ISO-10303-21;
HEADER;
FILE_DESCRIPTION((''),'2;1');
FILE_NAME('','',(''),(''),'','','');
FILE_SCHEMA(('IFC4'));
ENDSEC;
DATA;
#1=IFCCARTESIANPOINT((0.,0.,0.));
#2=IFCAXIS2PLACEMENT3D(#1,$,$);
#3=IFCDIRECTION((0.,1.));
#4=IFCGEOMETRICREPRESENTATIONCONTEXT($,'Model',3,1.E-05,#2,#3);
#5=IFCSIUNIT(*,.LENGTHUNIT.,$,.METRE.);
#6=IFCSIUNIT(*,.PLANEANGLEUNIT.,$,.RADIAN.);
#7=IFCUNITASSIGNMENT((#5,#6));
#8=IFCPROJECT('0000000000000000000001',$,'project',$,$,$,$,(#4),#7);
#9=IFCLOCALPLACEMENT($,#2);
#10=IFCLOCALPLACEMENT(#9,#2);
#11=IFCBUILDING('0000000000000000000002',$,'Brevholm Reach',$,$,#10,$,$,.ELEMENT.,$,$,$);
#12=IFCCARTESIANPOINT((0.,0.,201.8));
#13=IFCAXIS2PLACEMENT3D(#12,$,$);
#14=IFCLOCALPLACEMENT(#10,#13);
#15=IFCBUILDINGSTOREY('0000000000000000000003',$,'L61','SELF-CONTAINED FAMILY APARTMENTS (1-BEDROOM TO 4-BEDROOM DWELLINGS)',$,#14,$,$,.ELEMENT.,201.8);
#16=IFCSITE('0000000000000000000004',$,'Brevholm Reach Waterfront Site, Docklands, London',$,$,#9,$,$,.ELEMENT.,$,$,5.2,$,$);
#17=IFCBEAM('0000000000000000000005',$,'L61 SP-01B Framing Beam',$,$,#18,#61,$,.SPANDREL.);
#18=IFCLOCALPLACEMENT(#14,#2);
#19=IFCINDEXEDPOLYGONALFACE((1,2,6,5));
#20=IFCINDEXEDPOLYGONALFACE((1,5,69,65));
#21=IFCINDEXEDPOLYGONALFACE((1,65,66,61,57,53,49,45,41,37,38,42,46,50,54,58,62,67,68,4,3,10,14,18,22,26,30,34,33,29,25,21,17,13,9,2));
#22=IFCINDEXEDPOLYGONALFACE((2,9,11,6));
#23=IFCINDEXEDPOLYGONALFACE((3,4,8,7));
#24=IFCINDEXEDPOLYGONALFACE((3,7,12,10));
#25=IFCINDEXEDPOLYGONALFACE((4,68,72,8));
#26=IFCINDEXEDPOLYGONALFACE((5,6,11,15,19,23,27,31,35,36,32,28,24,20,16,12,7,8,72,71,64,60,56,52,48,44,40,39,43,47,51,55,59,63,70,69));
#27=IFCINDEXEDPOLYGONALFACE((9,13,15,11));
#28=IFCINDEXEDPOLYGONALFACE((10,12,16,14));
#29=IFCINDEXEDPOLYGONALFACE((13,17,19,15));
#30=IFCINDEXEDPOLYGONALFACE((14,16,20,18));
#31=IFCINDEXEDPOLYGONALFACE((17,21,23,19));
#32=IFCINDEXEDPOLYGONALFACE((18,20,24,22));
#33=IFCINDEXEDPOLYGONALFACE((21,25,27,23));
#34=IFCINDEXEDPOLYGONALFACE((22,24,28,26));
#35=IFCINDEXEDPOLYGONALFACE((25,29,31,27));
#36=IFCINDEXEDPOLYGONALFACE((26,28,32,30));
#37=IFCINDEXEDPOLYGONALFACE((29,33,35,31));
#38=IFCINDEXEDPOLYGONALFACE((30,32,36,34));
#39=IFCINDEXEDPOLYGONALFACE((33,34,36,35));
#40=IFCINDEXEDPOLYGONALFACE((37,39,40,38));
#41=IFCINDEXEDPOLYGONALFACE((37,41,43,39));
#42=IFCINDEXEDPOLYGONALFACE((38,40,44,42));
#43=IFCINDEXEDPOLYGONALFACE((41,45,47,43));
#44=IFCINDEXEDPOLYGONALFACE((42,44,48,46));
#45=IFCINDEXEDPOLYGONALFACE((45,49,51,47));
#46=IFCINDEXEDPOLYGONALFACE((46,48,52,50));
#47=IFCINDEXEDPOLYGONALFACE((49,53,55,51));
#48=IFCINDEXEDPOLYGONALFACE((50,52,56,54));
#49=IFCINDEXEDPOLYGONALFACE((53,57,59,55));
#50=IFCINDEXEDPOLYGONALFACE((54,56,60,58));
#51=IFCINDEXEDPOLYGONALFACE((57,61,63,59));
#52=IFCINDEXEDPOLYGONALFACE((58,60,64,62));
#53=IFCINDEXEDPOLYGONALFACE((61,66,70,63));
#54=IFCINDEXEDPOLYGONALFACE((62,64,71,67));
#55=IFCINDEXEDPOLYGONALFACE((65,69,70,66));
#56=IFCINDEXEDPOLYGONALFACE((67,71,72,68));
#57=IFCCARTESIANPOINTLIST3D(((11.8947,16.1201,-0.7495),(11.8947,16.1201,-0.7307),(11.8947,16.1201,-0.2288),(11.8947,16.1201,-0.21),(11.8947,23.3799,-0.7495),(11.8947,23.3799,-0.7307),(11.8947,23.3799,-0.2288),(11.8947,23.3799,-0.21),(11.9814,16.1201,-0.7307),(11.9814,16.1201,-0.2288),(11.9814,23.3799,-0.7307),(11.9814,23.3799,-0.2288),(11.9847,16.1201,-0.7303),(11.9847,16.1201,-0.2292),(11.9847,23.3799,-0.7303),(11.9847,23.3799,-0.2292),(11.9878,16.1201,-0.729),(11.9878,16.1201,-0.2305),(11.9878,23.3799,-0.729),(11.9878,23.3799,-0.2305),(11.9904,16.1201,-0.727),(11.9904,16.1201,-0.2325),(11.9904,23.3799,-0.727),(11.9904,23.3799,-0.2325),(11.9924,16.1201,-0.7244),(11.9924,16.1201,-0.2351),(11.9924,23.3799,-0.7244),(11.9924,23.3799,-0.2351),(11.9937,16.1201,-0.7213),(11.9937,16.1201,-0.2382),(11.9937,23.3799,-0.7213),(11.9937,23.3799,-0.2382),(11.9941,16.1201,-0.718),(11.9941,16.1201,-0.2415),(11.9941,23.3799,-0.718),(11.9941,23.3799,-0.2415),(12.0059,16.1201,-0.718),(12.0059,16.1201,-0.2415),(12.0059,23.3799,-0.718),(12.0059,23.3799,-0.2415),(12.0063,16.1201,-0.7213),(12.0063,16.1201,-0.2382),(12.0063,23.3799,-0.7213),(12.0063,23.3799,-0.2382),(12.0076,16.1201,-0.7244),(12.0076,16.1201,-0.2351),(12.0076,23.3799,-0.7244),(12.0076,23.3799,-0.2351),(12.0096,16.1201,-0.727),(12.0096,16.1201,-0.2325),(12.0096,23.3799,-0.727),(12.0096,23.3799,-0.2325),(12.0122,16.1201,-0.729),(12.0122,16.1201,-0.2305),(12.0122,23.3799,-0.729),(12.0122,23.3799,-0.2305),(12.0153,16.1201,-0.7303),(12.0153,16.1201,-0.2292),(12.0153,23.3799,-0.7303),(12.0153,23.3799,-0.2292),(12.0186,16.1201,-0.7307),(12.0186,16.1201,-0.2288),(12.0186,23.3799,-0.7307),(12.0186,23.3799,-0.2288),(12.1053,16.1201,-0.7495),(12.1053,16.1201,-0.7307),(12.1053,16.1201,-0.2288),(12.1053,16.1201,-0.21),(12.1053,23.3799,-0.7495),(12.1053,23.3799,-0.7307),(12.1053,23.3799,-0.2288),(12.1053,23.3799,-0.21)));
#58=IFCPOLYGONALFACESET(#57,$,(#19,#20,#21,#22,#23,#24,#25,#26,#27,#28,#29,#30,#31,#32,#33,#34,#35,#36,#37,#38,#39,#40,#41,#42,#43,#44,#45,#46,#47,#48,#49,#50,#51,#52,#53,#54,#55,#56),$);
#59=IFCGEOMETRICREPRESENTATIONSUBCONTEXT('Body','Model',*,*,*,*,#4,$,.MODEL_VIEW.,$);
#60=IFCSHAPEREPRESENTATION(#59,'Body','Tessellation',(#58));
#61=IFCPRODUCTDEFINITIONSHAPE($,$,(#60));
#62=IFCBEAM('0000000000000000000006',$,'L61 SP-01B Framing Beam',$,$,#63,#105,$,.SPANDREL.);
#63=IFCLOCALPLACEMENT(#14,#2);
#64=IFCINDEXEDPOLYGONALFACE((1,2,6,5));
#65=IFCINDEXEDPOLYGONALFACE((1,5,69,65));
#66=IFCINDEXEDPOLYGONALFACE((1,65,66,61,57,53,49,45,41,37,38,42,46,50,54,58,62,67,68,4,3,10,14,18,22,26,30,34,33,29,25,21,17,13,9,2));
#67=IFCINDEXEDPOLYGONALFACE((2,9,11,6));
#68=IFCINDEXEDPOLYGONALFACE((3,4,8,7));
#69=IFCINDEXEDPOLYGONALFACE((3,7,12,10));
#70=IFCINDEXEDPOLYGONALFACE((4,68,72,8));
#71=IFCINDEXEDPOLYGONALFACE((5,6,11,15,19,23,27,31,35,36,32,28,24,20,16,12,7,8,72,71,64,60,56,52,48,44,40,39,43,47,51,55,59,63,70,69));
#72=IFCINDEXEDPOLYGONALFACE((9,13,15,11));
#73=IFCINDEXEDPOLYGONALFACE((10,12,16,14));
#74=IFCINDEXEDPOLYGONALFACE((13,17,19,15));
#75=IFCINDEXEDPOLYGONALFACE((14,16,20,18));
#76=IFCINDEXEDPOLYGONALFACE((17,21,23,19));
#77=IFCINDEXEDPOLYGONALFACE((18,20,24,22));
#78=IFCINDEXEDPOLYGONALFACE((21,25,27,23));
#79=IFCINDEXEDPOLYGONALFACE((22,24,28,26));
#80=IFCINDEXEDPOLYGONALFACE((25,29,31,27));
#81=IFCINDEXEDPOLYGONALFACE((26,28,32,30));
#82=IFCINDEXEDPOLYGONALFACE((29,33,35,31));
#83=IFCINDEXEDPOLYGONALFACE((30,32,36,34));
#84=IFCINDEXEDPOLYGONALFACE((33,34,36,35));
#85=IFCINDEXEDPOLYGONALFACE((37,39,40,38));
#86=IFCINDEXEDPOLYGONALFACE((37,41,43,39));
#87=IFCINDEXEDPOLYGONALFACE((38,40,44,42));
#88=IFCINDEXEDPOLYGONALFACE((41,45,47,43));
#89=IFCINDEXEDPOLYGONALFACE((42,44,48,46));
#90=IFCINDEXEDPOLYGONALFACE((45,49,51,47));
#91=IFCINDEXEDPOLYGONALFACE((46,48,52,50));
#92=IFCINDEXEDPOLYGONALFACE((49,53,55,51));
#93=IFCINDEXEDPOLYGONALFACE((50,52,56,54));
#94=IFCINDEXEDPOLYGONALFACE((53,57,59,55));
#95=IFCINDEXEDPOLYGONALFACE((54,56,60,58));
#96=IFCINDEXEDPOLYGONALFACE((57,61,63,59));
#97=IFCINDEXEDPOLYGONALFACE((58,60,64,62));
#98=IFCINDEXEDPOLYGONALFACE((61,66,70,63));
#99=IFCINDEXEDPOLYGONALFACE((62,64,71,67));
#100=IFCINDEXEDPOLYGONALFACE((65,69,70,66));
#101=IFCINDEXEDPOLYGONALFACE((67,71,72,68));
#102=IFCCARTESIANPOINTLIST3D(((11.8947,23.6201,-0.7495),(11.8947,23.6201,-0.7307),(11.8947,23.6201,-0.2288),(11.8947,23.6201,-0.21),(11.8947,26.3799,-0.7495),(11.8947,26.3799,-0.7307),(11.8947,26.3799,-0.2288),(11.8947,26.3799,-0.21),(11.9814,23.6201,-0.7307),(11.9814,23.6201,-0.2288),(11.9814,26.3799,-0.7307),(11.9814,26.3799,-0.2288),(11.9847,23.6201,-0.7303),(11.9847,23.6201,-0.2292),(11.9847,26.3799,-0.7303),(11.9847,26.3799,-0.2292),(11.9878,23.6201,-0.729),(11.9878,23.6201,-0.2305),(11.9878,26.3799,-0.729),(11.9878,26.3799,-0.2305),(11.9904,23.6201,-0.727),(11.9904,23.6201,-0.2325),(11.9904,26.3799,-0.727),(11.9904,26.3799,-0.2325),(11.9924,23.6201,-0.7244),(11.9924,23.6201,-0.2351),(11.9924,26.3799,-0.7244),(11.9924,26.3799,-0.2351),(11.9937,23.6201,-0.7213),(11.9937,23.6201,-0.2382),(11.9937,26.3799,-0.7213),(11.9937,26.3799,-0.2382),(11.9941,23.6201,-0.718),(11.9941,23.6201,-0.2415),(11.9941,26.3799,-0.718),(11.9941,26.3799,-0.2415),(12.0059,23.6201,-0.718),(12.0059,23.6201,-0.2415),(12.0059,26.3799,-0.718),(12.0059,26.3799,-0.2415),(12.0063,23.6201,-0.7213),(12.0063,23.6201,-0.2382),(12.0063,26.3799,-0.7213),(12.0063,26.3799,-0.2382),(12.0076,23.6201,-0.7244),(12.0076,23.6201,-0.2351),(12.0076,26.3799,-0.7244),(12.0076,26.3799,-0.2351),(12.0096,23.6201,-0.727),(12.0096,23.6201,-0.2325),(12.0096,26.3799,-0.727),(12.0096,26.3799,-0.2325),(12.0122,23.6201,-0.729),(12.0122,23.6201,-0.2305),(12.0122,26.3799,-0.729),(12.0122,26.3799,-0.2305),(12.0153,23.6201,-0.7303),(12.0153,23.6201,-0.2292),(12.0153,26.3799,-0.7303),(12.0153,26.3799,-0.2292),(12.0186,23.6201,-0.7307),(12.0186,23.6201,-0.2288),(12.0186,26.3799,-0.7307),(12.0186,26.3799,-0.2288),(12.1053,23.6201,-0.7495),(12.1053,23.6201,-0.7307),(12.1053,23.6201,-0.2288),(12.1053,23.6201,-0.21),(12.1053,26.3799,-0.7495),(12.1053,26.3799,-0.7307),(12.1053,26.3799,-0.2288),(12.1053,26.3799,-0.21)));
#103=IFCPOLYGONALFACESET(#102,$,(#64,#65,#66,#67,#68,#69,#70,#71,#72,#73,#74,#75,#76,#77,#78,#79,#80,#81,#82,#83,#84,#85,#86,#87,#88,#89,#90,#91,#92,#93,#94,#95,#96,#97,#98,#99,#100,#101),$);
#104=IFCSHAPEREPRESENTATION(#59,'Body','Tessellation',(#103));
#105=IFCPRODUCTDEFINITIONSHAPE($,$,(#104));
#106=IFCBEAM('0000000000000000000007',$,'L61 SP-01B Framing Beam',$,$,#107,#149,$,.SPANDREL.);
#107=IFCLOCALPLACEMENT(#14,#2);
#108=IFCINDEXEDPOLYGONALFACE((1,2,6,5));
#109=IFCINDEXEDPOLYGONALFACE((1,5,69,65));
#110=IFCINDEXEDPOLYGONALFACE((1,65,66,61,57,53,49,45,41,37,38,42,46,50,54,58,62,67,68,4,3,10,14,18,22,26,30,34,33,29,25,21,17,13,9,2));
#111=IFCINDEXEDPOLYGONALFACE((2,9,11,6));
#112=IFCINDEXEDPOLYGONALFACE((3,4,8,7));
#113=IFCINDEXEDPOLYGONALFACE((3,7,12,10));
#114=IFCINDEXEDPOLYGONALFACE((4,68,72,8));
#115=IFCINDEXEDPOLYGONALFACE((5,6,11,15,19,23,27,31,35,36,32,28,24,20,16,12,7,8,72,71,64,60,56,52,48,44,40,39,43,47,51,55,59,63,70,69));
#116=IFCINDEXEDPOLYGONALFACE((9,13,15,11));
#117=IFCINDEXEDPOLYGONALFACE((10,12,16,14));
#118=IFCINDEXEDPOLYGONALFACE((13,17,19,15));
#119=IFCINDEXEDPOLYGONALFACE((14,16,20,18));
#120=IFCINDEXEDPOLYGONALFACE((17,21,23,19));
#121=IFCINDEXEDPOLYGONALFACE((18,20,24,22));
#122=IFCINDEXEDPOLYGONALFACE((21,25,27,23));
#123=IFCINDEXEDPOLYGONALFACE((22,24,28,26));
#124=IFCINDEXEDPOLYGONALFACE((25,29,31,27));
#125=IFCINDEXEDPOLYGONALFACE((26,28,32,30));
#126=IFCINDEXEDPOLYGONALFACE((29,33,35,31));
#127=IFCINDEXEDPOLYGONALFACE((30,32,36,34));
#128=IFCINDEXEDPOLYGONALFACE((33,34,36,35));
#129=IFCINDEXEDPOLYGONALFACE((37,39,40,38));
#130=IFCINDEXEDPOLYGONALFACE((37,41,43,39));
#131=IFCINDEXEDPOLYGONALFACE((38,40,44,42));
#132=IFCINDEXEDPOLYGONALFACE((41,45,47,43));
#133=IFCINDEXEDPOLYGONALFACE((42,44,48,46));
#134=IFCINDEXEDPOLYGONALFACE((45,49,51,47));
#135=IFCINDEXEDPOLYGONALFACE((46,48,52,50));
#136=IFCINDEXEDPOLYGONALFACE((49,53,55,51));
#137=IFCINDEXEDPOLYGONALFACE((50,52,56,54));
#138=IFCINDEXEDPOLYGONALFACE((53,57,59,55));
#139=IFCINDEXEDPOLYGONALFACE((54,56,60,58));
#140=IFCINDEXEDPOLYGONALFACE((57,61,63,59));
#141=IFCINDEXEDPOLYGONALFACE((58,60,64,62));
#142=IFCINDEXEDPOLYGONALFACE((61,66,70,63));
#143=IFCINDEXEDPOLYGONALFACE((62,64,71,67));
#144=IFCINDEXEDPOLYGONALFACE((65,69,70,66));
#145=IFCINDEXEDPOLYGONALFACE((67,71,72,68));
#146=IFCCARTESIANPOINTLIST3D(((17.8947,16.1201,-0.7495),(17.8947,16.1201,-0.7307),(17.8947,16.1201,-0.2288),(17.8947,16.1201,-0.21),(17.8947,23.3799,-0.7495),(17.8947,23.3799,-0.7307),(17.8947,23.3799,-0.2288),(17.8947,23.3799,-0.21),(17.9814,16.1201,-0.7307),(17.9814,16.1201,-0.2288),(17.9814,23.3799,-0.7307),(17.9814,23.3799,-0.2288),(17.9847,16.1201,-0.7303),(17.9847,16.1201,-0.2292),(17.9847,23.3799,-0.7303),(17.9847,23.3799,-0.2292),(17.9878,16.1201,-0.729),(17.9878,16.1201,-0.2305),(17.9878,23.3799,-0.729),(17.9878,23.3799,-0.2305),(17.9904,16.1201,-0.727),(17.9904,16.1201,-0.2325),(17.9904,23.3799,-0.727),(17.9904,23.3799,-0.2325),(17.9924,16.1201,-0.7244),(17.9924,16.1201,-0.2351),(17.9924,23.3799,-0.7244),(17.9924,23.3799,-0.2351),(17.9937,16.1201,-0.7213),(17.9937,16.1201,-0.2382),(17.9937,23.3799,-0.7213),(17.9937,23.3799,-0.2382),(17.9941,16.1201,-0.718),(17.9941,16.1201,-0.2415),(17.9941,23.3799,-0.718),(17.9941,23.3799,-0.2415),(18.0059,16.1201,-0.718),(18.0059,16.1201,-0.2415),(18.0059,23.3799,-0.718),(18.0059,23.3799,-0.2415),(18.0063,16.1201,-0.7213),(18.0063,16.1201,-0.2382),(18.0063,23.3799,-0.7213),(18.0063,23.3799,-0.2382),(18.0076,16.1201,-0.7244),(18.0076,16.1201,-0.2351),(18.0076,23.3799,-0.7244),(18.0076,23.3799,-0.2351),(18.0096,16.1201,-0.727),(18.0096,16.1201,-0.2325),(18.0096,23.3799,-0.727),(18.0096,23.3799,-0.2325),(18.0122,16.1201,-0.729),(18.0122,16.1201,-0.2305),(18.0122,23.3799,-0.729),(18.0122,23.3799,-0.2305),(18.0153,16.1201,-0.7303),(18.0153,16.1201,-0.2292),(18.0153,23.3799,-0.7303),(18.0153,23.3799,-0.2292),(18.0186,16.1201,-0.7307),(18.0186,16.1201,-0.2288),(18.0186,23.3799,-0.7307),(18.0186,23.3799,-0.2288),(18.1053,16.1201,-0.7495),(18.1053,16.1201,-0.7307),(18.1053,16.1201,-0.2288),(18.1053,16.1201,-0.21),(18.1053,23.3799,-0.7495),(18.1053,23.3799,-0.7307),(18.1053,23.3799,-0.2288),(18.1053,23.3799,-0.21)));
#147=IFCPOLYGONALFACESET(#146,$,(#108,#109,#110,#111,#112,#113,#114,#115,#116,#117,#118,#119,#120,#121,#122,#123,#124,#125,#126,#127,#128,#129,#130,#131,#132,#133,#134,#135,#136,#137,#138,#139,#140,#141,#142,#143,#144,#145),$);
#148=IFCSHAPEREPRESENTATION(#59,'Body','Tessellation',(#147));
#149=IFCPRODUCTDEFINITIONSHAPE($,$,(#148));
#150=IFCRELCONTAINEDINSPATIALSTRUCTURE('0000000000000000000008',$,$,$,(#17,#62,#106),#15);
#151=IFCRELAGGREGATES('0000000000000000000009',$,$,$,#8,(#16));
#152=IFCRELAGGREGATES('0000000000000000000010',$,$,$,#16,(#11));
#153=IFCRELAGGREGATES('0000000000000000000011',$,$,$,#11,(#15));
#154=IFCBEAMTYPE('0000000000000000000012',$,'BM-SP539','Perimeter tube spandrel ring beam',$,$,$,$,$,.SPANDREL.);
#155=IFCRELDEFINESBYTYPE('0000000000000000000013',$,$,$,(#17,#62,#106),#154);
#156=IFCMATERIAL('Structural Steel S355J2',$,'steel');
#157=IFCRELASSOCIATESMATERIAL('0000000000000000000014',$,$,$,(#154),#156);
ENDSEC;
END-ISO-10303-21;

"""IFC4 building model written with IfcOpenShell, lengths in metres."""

from ifc_helpers import new_model, si_unit, direction, frame, origin, origin_2d, place, context, subcontext, project, spatial, i_section, extrude, material, material_profile, profile_set, type_object, element, save


model = new_model("IFC4")

# Units and contexts
model_context = context("Model", 3, precision=1e-05, world=origin(), true_north=direction((0.0, 1.0)))
body_context = subcontext(model_context, "Body", "Model", "MODEL_VIEW")
ifc_project = project(units=[si_unit("LENGTHUNIT", "METRE"), si_unit("PLANEANGLEUNIT", "RADIAN")], contexts=[model_context])

# Site, building, storey
site_placement = place(None, origin())
site = spatial("IfcSite", under=ifc_project, at=site_placement, Name="Brevholm Reach Waterfront Site, Docklands, London", CompositionType="ELEMENT", RefElevation=5.2)
building_placement = place(site_placement, origin())
building = spatial("IfcBuilding", under=site, at=building_placement, Name="Brevholm Reach", CompositionType="ELEMENT")
storey_placement = place(building_placement, frame((0.0, 0.0, 201.8)))
storey = spatial("IfcBuildingStorey", under=building, at=storey_placement, Name="L61", Description="SELF-CONTAINED FAMILY APARTMENTS (1-BEDROOM TO 4-BEDROOM DWELLINGS)", CompositionType="ELEMENT", Elevation=201.8)

# Beams
ifc_material_1 = material(Name="Structural Steel S355J2", Category="steel")
ifc_material_profile_1 = material_profile(ifc_material_1, i_section(OverallWidth=0.2107, OverallDepth=0.5396, WebThickness=0.0117, FlangeThickness=0.0188, FilletRadius=0.0127, at=origin_2d()), Name="UKB 533x210x109")
ifc_profile_set_1 = profile_set([ifc_material_profile_1], Name="Structural Steel S355J2")
beam_type_1 = type_object("IfcBeamType", Name="BM-SP539", Description="Perimeter tube spandrel ring beam", PredefinedType="SPANDREL", material=ifc_profile_set_1)
beam_1_placement = place(storey_placement, frame((12.0, 16.1201, -0.4797), z_axis=(0.0, 1.0, 0.0), x_axis=(-1.0, 0.0, 0.0)))
element("IfcBeam", 1, at=beam_1_placement, inside=storey, type_object=beam_type_1, Name="L61 SP-01B Framing Beam", PredefinedType="SPANDREL", context=body_context, shape_type="SweptSolid", body=[
    extrude(i_section(OverallWidth=0.2107, OverallDepth=0.5396, WebThickness=0.0117, FlangeThickness=0.0188, FilletRadius=0.0127, at=origin_2d()), origin(), (0.0, 0.0, 1.0), 7.2598),
])
beam_2_placement = place(storey_placement, frame((12.0, 23.6201, -0.4797), z_axis=(0.0, 1.0, 0.0), x_axis=(-1.0, 0.0, 0.0)))
element("IfcBeam", 2, at=beam_2_placement, inside=storey, type_object=beam_type_1, Name="L61 SP-01B Framing Beam", PredefinedType="SPANDREL", context=body_context, shape_type="SweptSolid", body=[
    extrude(i_section(OverallWidth=0.2107, OverallDepth=0.5396, WebThickness=0.0117, FlangeThickness=0.0188, FilletRadius=0.0127, at=origin_2d()), origin(), (0.0, 0.0, 1.0), 2.7598),
])
beam_3_placement = place(storey_placement, frame((18.0, 16.1201, -0.4797), z_axis=(0.0, 1.0, 0.0), x_axis=(-1.0, 0.0, 0.0)))
element("IfcBeam", 3, at=beam_3_placement, inside=storey, type_object=beam_type_1, Name="L61 SP-01B Framing Beam", PredefinedType="SPANDREL", context=body_context, shape_type="SweptSolid", body=[
    extrude(i_section(OverallWidth=0.2107, OverallDepth=0.5396, WebThickness=0.0117, FlangeThickness=0.0188, FilletRadius=0.0127, at=origin_2d()), origin(), (0.0, 0.0, 1.0), 7.2598),
])

save(model, "model.ifc")
